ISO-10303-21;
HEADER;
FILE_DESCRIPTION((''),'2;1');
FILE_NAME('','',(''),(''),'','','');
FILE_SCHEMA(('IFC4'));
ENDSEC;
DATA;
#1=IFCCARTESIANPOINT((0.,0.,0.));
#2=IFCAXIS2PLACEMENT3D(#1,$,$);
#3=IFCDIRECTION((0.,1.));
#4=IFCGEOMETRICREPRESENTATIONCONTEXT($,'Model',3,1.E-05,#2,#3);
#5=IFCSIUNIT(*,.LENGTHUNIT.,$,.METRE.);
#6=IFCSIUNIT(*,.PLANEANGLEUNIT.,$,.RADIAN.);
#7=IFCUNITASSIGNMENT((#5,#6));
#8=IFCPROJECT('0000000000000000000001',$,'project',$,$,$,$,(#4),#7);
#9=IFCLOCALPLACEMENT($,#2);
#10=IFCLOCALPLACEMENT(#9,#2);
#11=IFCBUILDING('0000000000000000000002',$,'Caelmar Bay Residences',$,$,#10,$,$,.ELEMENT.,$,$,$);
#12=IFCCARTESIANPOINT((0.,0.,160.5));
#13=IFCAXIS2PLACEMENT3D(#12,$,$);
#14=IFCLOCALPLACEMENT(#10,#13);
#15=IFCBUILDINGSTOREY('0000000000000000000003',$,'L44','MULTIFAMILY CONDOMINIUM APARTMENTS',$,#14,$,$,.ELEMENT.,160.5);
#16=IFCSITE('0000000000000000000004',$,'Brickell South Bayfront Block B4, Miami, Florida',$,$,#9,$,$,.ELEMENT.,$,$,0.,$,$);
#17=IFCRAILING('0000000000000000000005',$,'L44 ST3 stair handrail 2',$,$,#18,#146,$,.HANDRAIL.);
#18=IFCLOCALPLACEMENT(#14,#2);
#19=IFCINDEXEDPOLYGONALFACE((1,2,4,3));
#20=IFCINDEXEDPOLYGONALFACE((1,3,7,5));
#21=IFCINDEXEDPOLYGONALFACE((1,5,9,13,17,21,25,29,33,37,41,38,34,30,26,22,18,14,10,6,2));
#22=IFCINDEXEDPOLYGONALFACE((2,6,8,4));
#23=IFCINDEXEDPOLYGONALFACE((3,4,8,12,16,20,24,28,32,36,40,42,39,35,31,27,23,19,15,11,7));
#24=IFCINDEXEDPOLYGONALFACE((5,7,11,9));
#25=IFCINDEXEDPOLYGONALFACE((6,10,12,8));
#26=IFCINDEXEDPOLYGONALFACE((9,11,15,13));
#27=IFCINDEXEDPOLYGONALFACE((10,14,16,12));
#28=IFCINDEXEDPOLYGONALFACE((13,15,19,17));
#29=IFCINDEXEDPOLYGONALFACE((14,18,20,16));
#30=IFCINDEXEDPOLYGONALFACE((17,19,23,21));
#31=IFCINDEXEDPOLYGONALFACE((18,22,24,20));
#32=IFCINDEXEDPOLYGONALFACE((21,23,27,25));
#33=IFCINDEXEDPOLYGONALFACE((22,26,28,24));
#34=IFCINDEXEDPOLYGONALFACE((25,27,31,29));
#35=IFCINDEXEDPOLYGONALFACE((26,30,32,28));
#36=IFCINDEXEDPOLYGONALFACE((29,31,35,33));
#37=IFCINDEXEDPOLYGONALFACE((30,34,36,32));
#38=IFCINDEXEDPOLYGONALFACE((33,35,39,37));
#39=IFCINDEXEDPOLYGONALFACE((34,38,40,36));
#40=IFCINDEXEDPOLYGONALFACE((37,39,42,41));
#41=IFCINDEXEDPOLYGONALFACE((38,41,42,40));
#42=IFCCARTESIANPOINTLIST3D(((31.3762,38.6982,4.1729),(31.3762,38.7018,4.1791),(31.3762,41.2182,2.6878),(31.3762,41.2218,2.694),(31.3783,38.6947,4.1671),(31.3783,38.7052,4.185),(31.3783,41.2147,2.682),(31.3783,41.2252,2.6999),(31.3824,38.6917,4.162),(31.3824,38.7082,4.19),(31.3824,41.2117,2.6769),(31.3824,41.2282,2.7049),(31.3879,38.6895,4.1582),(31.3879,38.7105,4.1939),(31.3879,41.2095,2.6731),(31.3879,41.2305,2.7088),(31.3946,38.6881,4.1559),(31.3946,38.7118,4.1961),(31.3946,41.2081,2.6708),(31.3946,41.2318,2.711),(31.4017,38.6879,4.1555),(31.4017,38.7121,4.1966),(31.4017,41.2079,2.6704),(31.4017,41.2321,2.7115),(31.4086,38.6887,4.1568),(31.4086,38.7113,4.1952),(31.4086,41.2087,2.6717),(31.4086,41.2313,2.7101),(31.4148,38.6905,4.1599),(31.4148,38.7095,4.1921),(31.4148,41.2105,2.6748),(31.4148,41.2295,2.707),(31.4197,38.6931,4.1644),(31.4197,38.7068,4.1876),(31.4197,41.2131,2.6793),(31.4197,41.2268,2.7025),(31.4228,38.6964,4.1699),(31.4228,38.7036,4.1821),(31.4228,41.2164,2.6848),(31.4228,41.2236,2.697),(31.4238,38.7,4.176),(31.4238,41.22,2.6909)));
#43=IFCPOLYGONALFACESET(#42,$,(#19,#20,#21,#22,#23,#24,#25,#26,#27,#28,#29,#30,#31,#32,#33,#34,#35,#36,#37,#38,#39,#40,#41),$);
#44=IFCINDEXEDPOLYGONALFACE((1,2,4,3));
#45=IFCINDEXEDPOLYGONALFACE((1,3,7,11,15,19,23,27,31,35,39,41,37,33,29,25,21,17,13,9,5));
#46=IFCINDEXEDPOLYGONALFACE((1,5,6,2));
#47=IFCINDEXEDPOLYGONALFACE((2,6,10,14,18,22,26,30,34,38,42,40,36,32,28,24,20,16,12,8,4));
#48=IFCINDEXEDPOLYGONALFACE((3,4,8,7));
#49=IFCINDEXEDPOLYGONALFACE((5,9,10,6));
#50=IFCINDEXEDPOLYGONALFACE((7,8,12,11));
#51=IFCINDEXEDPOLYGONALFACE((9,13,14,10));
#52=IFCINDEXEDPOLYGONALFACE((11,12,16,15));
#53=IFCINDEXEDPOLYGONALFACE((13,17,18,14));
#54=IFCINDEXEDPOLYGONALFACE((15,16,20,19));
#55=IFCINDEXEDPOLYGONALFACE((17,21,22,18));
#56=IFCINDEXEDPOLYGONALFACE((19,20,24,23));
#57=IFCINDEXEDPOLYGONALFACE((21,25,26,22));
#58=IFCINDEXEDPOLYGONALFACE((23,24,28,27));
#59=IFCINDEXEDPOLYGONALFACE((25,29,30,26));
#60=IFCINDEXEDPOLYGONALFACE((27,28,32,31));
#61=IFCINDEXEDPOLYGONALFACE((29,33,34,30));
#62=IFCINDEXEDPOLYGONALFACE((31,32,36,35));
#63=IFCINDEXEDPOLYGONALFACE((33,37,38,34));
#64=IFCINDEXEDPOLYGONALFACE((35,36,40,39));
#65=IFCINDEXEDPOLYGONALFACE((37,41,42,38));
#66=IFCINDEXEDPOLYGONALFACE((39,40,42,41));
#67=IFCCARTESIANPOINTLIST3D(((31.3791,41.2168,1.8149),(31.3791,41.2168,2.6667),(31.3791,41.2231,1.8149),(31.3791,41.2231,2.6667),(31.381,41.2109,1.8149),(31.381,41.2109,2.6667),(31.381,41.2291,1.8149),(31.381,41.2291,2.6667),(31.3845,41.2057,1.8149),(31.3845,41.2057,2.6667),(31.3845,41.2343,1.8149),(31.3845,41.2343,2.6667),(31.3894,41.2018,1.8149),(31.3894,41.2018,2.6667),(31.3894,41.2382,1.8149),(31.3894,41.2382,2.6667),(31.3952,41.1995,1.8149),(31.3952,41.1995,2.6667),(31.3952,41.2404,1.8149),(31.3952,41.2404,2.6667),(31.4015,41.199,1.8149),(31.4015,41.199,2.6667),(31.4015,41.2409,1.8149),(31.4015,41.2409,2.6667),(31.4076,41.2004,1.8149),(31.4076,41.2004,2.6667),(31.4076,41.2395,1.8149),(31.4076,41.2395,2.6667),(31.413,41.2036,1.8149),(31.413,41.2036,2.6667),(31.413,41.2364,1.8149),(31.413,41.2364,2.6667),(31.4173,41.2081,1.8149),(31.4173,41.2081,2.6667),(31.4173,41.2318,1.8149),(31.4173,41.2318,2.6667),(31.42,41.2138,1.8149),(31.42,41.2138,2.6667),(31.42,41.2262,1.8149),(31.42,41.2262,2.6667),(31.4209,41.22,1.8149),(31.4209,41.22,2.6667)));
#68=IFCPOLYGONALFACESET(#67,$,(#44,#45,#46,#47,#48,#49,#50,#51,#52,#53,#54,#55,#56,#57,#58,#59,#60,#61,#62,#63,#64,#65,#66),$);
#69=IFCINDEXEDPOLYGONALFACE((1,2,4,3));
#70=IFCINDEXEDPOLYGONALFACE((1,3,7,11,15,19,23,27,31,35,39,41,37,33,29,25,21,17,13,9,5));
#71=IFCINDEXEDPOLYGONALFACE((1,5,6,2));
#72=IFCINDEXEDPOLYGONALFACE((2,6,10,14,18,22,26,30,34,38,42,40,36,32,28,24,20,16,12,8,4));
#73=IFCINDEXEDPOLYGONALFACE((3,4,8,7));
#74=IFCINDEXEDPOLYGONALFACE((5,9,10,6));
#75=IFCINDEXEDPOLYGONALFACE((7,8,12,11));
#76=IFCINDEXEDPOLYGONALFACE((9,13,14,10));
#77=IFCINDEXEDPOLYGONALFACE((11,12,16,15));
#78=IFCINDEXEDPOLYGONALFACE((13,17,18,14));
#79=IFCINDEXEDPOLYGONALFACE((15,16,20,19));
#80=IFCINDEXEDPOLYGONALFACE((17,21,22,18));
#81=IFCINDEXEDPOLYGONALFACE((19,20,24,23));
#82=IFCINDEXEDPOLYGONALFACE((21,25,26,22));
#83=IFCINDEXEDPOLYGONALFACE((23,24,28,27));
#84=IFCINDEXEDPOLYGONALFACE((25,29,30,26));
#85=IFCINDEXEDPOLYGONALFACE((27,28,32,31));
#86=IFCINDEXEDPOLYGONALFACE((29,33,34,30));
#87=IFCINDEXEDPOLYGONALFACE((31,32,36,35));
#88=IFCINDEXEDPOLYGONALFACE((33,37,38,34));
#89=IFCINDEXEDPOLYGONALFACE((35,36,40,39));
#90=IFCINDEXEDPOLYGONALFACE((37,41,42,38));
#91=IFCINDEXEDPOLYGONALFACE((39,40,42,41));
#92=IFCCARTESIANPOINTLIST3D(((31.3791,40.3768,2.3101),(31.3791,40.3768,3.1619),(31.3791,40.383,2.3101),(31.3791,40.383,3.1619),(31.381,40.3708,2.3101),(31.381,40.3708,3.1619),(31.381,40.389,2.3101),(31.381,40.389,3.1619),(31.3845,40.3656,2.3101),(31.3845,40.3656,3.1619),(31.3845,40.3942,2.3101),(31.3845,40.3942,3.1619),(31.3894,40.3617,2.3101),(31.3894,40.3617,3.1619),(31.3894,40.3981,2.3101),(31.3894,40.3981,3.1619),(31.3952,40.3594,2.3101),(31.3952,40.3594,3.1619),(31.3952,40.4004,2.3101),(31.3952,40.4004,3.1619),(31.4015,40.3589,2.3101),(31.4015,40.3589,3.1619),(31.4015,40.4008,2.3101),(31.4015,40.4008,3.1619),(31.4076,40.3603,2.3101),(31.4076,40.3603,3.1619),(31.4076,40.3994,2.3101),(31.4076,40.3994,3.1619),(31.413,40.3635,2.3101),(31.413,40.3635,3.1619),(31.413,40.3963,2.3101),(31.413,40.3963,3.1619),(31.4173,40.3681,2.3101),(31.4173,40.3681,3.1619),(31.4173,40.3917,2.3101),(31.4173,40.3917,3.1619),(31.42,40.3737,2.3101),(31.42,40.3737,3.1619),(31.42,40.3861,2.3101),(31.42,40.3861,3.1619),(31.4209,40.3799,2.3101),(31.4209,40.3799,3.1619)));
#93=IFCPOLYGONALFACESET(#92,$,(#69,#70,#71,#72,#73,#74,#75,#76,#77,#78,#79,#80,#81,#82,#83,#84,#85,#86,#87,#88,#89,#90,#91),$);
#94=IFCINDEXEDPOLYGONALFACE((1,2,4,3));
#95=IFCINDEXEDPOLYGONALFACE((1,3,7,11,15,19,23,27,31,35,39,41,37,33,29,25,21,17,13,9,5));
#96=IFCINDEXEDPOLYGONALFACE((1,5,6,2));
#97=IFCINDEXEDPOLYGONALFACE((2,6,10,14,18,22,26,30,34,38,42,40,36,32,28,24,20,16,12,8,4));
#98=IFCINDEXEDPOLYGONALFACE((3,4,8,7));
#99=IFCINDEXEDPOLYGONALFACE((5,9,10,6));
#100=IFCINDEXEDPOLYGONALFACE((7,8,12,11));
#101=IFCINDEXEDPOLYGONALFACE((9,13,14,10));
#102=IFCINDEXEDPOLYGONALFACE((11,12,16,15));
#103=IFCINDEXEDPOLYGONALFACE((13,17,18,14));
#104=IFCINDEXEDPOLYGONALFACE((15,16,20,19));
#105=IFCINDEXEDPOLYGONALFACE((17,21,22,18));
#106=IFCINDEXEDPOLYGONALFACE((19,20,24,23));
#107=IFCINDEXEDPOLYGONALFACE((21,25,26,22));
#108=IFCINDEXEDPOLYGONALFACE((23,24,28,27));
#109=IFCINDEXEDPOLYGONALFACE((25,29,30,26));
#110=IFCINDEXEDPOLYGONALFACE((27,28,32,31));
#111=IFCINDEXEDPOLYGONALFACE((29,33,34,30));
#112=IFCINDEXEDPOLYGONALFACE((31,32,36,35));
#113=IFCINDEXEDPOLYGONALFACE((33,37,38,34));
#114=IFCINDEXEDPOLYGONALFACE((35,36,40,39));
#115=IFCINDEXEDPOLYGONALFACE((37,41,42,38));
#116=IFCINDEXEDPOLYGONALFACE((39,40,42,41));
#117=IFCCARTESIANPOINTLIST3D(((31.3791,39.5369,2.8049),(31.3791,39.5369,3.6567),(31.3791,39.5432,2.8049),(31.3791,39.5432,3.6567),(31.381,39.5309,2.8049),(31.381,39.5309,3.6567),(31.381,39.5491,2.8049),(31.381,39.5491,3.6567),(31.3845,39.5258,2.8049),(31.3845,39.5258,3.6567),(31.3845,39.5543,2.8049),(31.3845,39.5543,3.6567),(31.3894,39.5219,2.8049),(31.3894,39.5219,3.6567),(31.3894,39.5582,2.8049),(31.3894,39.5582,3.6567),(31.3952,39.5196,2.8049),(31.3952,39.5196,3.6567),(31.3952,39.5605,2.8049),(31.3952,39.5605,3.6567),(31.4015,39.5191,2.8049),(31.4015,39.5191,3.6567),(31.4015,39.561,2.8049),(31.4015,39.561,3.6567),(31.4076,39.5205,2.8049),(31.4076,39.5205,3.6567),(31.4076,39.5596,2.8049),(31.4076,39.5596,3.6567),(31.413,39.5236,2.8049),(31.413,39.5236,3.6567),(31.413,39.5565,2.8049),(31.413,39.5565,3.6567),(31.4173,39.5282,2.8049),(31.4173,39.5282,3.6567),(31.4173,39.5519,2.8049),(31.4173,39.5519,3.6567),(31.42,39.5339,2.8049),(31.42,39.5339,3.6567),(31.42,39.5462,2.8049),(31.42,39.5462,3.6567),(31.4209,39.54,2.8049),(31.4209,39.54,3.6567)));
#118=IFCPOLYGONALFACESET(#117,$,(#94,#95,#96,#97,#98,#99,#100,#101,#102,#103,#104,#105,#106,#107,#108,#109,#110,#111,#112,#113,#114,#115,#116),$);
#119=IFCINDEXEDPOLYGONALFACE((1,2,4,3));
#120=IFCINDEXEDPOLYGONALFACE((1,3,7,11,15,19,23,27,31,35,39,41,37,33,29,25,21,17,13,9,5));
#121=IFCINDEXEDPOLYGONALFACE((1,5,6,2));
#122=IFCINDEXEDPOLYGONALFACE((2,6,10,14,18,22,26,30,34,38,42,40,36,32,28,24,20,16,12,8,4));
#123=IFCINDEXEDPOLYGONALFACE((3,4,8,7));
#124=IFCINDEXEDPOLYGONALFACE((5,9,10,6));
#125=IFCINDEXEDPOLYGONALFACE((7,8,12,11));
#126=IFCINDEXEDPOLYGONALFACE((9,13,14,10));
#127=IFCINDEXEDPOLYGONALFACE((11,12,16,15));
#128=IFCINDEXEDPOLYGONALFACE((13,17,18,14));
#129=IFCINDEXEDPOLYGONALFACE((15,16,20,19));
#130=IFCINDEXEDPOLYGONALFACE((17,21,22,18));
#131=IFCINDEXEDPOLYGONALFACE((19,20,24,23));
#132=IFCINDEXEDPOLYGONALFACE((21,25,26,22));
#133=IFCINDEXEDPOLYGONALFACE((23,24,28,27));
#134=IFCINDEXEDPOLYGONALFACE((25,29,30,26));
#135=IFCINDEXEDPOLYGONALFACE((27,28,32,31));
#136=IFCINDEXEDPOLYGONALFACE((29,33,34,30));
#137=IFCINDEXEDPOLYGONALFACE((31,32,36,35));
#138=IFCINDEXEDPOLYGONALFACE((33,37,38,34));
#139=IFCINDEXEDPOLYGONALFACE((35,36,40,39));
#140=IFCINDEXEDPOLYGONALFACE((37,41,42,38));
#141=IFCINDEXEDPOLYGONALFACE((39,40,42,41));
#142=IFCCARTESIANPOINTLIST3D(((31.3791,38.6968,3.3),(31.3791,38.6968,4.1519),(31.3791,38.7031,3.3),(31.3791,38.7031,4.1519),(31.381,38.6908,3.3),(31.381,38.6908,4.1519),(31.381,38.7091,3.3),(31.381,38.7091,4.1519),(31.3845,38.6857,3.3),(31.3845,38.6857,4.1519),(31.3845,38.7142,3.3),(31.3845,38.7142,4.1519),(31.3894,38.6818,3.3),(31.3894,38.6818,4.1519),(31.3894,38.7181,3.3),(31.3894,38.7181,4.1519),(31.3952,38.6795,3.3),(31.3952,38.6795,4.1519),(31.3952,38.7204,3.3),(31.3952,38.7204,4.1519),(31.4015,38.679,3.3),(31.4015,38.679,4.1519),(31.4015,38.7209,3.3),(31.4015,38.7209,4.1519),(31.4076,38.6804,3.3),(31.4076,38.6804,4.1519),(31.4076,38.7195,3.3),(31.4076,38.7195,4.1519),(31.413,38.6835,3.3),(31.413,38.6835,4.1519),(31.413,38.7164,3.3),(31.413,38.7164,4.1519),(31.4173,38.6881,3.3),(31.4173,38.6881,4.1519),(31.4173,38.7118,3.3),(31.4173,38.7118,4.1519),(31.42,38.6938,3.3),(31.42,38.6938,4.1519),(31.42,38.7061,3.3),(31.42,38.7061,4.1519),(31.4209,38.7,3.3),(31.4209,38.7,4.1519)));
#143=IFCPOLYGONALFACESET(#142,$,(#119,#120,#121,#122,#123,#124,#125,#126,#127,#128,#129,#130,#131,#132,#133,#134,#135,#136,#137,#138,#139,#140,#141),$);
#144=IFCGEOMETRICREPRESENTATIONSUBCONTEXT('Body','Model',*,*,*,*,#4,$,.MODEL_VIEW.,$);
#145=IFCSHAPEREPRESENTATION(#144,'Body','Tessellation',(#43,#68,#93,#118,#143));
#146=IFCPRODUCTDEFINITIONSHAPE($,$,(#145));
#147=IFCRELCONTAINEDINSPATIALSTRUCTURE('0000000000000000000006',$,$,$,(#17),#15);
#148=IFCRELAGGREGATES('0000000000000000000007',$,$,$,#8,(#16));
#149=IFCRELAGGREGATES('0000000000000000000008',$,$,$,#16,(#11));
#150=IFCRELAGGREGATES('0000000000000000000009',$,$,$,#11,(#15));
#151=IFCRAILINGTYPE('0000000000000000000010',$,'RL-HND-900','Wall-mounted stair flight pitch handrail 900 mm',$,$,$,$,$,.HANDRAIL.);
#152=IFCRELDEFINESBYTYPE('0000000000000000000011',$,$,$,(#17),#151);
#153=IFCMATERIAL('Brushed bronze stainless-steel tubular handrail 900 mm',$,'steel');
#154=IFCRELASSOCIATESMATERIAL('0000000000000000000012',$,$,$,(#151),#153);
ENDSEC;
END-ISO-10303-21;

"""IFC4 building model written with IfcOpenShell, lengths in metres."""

from ifc_helpers import new_model, si_unit, direction, frame, origin, origin_2d, place, context, subcontext, project, spatial, circle, extrude, material, type_object, element, save


model = new_model("IFC4")

# Units and contexts
model_context = context("Model", 3, precision=1e-05, world=origin(), true_north=direction((0.0, 1.0)))
body_context = subcontext(model_context, "Body", "Model", "MODEL_VIEW")
ifc_project = project(units=[si_unit("LENGTHUNIT", "METRE"), si_unit("PLANEANGLEUNIT", "RADIAN")], contexts=[model_context])

# Site, building, storey
site_placement = place(None, origin())
site = spatial("IfcSite", under=ifc_project, at=site_placement, Name="Brickell South Bayfront Block B4, Miami, Florida", CompositionType="ELEMENT", RefElevation=0.0)
building_placement = place(site_placement, origin())
building = spatial("IfcBuilding", under=site, at=building_placement, Name="Caelmar Bay Residences", CompositionType="ELEMENT")
storey_placement = place(building_placement, frame((0.0, 0.0, 160.5)))
storey = spatial("IfcBuildingStorey", under=building, at=storey_placement, Name="L44", Description="MULTIFAMILY CONDOMINIUM APARTMENTS", CompositionType="ELEMENT", Elevation=160.5)

# Railing
ifc_material_1 = material(Name="Brushed bronze stainless-steel tubular handrail 900 mm", Category="steel")
railing_type_1 = type_object("IfcRailingType", Name="RL-HND-900", Description="Wall-mounted stair flight pitch handrail 900 mm", PredefinedType="HANDRAIL", material=ifc_material_1)
railing_1_placement = place(storey_placement, frame((31.3999, 41.22, 1.8149)))
element("IfcRailing", 1, at=railing_1_placement, inside=storey, type_object=railing_type_1, Name="L44 ST3 stair handrail 2", PredefinedType="HANDRAIL", context=body_context, shape_type="SweptSolid", body=[
    extrude(circle(Radius=0.0239, at=origin_2d()), frame((0.0, 0.0, 0.876), z_axis=(0.0, -0.861524, 0.507717), x_axis=(1.0, 0.0, 0.0)), (0.0, 0.0, 1.0), 2.925),
    extrude(circle(Radius=0.021, at=origin_2d()), origin(), (0.0, 0.0, 1.0), 0.8518),
    extrude(circle(Radius=0.021, at=origin_2d()), frame((0.0, -0.8401, 0.4951)), (0.0, 0.0, 1.0), 0.8518),
    extrude(circle(Radius=0.021, at=origin_2d()), frame((0.0, -1.6799, 0.99)), (0.0, 0.0, 1.0), 0.8518),
    extrude(circle(Radius=0.021, at=origin_2d()), frame((0.0, -2.52, 1.4851)), (0.0, 0.0, 1.0), 0.8518),
])

save(model, "model.ifc")
